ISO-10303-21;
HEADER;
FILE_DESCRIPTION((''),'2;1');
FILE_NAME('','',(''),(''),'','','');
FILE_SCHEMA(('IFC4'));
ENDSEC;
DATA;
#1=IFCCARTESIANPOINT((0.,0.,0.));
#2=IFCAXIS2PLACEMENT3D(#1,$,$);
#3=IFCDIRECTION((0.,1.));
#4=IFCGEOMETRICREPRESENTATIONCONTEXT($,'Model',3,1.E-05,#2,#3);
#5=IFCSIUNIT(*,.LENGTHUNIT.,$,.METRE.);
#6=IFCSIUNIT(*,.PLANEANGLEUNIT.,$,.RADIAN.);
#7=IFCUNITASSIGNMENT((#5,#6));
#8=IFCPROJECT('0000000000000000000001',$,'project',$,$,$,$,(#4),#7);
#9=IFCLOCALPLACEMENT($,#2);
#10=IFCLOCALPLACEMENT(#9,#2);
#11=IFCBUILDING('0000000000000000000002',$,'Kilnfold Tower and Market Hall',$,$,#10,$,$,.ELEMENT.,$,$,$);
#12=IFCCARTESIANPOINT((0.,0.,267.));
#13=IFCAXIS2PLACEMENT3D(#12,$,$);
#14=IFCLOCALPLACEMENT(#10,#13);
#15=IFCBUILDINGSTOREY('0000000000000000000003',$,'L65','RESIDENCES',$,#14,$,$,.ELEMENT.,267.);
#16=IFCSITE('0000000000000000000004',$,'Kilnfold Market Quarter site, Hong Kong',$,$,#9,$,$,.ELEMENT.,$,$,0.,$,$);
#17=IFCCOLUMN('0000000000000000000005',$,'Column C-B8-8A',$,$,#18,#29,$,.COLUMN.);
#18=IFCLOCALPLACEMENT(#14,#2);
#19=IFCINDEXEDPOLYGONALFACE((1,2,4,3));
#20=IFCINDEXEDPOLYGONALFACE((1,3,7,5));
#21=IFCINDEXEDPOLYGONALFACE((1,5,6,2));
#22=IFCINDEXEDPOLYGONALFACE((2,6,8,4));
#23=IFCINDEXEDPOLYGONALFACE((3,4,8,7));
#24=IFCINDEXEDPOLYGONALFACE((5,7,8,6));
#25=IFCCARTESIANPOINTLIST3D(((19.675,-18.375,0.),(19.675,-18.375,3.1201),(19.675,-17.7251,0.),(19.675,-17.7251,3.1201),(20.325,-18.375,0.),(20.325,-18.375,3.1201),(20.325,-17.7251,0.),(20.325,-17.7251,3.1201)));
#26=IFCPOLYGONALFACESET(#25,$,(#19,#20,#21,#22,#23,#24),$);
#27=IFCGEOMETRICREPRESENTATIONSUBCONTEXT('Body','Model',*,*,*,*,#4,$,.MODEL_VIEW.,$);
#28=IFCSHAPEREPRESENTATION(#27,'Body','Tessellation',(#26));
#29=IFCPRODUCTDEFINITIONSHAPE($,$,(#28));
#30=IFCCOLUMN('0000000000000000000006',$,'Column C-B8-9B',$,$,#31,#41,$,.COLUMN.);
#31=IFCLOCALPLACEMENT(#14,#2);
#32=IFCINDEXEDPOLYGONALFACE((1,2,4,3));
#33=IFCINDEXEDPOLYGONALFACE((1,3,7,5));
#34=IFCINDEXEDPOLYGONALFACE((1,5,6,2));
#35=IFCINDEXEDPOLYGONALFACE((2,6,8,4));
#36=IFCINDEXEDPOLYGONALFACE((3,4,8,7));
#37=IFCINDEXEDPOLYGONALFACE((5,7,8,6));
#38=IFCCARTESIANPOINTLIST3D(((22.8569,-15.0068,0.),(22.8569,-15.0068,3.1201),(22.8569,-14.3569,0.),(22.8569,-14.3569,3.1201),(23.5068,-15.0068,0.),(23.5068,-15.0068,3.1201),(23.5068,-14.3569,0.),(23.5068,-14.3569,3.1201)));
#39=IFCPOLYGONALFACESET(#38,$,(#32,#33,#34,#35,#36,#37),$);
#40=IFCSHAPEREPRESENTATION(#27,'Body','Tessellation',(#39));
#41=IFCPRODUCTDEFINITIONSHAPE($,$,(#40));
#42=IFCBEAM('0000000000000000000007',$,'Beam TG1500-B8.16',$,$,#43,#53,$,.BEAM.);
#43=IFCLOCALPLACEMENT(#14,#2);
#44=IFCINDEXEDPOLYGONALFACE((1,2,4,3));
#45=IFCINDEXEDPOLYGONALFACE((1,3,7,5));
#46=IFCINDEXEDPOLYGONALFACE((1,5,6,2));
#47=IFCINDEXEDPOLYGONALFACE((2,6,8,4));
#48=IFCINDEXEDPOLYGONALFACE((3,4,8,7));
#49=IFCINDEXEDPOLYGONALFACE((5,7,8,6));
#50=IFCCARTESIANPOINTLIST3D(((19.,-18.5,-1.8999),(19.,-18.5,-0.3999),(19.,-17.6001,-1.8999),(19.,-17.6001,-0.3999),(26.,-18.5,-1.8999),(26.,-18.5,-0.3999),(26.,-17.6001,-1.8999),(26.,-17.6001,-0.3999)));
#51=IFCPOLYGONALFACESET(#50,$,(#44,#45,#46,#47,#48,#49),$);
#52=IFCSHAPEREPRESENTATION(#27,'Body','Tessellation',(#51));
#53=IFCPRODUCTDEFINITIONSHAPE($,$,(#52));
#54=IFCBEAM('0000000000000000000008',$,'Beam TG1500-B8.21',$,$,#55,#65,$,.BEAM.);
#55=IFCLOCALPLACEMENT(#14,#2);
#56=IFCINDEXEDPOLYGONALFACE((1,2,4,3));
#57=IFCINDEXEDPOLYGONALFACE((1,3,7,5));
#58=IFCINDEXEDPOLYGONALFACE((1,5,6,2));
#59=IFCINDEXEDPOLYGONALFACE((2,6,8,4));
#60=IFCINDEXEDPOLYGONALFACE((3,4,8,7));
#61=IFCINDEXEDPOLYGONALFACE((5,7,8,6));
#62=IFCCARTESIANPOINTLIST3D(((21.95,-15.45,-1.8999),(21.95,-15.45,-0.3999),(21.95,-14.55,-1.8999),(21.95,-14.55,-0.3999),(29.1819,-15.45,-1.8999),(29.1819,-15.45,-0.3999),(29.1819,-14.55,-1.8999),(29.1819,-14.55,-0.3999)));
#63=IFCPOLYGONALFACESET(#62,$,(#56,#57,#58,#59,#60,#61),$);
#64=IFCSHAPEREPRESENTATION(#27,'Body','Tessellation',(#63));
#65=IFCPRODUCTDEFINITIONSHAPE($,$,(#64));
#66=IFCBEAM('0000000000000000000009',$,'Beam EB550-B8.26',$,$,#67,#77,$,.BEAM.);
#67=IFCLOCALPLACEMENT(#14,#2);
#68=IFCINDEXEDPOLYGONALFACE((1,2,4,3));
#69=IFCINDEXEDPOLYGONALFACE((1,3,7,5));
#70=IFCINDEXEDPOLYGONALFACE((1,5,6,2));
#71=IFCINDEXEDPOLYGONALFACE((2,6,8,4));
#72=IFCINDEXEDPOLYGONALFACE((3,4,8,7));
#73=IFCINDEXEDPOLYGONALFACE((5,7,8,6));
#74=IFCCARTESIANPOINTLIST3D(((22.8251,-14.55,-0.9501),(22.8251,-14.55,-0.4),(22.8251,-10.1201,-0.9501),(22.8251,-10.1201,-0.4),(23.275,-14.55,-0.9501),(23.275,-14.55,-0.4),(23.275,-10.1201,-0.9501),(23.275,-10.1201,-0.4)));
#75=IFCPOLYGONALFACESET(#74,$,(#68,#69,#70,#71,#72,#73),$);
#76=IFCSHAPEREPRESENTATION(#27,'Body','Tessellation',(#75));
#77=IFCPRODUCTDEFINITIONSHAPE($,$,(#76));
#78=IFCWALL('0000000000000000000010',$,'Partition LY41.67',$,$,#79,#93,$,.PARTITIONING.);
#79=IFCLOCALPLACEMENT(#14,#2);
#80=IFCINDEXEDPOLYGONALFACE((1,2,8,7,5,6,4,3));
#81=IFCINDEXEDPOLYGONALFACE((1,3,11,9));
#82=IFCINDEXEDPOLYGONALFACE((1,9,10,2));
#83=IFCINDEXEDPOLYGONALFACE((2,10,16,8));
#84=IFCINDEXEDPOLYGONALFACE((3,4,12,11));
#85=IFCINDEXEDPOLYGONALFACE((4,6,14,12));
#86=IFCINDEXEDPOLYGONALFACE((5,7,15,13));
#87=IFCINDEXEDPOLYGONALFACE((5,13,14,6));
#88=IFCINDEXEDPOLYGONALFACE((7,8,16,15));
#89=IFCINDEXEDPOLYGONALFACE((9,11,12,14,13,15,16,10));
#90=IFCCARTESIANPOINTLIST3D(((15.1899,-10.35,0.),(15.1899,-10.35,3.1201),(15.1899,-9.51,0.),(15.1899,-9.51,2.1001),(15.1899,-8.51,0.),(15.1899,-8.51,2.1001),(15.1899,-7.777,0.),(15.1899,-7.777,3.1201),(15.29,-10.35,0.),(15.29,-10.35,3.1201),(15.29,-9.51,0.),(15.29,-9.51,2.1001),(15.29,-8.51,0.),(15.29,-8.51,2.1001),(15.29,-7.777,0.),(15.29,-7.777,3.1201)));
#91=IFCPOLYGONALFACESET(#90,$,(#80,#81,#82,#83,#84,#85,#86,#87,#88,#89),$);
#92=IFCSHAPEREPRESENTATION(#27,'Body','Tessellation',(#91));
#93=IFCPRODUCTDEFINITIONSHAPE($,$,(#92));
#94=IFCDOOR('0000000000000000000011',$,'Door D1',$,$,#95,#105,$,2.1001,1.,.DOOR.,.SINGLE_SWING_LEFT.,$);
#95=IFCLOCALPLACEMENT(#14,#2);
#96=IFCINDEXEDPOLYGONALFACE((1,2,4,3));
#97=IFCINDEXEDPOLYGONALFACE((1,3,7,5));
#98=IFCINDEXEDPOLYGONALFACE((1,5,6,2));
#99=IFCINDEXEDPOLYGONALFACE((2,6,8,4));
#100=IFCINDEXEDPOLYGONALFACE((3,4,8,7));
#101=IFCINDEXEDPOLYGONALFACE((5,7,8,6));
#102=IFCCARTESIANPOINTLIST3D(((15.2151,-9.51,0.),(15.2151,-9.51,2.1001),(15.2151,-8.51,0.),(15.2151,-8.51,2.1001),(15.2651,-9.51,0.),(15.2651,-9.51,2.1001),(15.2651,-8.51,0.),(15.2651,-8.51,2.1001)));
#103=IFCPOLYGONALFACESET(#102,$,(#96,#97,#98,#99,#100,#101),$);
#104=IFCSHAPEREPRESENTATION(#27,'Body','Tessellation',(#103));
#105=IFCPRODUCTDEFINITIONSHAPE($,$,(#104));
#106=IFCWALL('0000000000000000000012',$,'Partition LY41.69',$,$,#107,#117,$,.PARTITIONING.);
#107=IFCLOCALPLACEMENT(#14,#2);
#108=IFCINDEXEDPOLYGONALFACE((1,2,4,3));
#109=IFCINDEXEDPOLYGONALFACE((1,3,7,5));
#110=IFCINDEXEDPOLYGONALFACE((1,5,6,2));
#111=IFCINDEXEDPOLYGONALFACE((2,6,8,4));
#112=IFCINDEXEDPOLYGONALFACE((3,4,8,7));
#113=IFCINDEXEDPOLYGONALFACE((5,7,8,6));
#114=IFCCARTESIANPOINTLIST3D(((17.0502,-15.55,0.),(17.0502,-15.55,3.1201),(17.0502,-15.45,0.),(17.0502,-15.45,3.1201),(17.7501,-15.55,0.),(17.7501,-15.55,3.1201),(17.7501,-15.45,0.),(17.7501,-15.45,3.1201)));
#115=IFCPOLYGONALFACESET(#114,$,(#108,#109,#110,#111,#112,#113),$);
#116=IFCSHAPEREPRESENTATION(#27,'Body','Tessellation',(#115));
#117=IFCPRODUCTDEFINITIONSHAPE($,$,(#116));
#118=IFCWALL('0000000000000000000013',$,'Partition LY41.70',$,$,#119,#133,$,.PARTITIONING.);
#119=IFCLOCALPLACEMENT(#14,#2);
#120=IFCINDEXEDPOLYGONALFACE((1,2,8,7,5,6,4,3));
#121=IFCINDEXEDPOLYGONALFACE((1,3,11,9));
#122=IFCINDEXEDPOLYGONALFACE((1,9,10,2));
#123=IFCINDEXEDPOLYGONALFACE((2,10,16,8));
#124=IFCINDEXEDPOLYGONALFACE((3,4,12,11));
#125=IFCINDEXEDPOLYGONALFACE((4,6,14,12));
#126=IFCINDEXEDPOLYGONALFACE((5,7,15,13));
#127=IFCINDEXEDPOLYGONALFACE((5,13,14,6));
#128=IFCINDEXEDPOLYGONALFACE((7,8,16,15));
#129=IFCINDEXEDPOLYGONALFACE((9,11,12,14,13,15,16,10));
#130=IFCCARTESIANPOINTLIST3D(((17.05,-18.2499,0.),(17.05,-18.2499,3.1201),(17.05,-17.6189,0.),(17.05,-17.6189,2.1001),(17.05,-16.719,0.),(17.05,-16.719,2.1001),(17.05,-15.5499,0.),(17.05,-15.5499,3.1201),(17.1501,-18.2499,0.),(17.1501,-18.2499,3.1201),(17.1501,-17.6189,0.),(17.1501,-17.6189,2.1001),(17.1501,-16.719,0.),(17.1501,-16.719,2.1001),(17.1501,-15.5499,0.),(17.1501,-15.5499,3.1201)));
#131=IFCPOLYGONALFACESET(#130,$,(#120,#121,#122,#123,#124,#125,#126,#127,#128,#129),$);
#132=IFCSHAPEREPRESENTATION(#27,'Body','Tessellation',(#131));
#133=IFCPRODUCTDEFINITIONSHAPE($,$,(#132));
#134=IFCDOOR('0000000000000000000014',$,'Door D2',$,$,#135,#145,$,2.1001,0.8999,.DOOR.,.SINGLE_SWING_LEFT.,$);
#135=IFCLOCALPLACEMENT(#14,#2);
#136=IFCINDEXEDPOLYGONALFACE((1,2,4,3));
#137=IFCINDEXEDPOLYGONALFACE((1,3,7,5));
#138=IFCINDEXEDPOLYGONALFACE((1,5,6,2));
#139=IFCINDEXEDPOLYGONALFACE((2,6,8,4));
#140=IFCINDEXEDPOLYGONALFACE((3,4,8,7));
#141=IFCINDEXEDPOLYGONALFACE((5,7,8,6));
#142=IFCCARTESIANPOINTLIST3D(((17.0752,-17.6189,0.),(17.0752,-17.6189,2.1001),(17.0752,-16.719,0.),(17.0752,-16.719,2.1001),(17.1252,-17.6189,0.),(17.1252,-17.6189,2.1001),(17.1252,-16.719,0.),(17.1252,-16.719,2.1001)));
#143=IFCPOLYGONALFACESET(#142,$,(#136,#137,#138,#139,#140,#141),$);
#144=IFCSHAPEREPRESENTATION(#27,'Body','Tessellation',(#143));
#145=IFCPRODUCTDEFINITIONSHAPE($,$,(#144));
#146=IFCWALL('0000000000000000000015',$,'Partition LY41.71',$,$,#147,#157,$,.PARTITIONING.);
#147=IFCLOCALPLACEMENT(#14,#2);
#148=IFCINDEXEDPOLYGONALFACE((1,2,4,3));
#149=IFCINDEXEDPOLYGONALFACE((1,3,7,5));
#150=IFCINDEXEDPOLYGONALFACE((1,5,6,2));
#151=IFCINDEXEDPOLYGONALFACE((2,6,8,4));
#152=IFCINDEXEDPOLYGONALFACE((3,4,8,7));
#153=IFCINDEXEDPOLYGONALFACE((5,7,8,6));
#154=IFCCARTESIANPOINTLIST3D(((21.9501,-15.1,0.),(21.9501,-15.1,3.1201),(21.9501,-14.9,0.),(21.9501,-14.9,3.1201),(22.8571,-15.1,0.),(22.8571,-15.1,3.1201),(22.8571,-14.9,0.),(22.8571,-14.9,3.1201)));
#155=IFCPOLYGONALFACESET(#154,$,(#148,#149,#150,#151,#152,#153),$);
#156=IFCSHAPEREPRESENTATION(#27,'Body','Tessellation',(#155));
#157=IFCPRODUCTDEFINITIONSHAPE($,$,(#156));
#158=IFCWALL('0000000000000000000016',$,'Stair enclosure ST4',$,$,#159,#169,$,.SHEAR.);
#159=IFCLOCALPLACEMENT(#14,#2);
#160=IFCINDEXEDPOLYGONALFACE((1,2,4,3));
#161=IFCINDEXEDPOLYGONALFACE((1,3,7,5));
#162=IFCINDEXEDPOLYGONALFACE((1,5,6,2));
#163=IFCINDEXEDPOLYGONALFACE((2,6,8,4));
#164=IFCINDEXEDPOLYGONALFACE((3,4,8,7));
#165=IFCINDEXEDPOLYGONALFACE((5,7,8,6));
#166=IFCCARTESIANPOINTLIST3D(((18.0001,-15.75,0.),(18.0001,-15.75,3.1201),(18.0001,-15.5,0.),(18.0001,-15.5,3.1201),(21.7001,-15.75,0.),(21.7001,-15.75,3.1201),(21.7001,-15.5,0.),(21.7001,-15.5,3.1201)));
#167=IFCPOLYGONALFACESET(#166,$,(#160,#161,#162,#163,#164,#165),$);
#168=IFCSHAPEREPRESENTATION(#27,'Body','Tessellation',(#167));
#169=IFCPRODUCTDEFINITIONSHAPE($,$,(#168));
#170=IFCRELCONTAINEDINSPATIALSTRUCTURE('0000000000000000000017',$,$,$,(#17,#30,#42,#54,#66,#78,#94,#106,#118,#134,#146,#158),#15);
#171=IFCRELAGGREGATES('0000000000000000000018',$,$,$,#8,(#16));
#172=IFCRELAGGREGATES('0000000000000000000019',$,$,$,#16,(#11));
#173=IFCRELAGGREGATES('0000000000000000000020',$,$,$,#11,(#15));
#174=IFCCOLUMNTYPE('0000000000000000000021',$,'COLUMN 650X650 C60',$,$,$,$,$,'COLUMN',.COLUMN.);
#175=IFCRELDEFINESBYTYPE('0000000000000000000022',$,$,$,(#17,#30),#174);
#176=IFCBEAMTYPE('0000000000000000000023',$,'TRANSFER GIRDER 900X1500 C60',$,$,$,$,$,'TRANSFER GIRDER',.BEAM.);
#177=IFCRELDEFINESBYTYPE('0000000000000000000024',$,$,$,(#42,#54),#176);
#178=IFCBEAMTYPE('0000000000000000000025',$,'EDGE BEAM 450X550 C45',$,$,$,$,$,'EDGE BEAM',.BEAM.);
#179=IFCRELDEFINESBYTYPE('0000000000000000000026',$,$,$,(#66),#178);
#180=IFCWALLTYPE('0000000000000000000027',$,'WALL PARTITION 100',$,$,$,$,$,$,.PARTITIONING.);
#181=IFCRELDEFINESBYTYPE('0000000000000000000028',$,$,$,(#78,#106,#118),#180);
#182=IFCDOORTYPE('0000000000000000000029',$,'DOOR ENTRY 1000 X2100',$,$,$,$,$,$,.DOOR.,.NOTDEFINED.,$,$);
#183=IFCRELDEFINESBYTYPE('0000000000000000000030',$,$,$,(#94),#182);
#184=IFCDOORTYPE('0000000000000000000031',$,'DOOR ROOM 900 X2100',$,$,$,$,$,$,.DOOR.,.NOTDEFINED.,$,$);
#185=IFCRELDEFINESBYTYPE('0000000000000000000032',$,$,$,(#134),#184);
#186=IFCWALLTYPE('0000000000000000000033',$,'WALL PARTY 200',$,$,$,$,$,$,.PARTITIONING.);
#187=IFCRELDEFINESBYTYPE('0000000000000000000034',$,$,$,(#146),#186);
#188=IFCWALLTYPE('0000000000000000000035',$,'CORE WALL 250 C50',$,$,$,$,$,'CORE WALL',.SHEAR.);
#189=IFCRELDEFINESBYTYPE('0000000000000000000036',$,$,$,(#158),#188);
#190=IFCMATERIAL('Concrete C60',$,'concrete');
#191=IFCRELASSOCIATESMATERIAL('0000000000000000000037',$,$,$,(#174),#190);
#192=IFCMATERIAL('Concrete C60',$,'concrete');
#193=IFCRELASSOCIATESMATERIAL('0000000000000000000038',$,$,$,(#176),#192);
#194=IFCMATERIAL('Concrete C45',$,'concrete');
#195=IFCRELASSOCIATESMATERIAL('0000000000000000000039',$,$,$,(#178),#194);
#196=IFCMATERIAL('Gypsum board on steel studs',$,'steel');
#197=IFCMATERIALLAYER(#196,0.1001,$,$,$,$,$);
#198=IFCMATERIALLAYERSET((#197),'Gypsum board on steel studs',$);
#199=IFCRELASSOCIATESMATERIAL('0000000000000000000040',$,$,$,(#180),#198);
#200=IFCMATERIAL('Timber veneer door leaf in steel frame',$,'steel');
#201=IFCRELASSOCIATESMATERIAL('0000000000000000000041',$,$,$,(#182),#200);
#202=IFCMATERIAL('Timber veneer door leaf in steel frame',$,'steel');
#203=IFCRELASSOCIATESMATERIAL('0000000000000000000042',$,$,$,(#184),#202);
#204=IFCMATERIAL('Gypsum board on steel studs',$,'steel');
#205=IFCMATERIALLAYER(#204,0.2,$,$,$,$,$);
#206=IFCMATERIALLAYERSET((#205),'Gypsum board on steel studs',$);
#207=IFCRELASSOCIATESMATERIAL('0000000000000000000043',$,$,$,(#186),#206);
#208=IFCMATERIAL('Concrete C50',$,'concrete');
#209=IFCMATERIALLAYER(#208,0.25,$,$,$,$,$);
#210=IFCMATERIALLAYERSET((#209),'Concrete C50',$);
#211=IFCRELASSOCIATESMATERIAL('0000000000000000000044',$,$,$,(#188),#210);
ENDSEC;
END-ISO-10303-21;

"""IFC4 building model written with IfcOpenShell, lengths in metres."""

from ifc_helpers import new_model, si_unit, direction, frame, frame_2d, origin, origin_2d, place, context, subcontext, project, spatial, rectangle, extrude, source, transform, mapped, material, layer, layer_set, material_profile, profile_set, type_object, element, fill, save


model = new_model("IFC4")

# Units and contexts
model_context = context("Model", 3, precision=1e-05, world=origin(), true_north=direction((0.0, 1.0)))
body_context = subcontext(model_context, "Body", "Model", "MODEL_VIEW")
ifc_project = project(units=[si_unit("LENGTHUNIT", "METRE"), si_unit("PLANEANGLEUNIT", "RADIAN")], contexts=[model_context])

# Site, building, storey
site_placement = place(None, origin())
site = spatial("IfcSite", under=ifc_project, at=site_placement, Name="Kilnfold Market Quarter site, Hong Kong", CompositionType="ELEMENT", RefElevation=0.0)
building_placement = place(site_placement, origin())
building = spatial("IfcBuilding", under=site, at=building_placement, Name="Kilnfold Tower and Market Hall", CompositionType="ELEMENT")
storey_placement = place(building_placement, frame((0.0, 0.0, 267.0)))
storey = spatial("IfcBuildingStorey", under=building, at=storey_placement, Name="L65", Description="RESIDENCES", CompositionType="ELEMENT", Elevation=267.0)

# Columns
ifc_material_1 = material(Name="Concrete C60", Category="concrete")
ifc_material_profile_1 = material_profile(ifc_material_1, rectangle(XDim=0.6499, YDim=0.6499, at=origin_2d()), Name="RC 650x650")
ifc_profile_set_1 = profile_set([ifc_material_profile_1], Name="Concrete C60")
column_type = type_object("IfcColumnType", Name="COLUMN 650X650 C60", ElementType="COLUMN", PredefinedType="COLUMN", material=ifc_profile_set_1)
shared_shape_1 = source(origin(), body_context, "Body", "SweptSolid", [
    extrude(rectangle(XDim=0.6499, YDim=0.6499, at=origin_2d()), origin(), (0.0, 0.0, 1.0), 3.1201),
])
for number, where, z_axis, x_axis, name in (
    (1, (20.0, -18.05, 0.0), (0.0, 0.0, 1.0), (1.0, 0.0, 0.0), "Column C-B8-8A"),
    (2, (23.1819, -14.6819, 0.0), (0.0, 0.0, 1.0), (1.0, 0.0, 0.0), "Column C-B8-9B"),
):
    element("IfcColumn", number, at=place(storey_placement, frame(where, z_axis=z_axis, x_axis=x_axis)), inside=storey, type_object=column_type, Name=name, PredefinedType="COLUMN", context=body_context, shape_type="MappedRepresentation", body=[
        mapped(shared_shape_1, transform((0.0, 0.0, 0.0))),
    ])

# Beams
ifc_material_2 = material(Name="Concrete C60", Category="concrete")
ifc_material_profile_2 = material_profile(ifc_material_2, rectangle(XDim=0.8999, YDim=1.5, at=origin_2d()), Name="RC 900x1500")
ifc_profile_set_2 = profile_set([ifc_material_profile_2], Name="Concrete C60")
beam_type_1 = type_object("IfcBeamType", Name="TRANSFER GIRDER 900X1500 C60", ElementType="TRANSFER GIRDER", PredefinedType="BEAM", material=ifc_profile_set_2)
shared_shape_2 = source(origin(), body_context, "Body", "SweptSolid", [
    extrude(rectangle(XDim=0.8999, YDim=1.5, at=origin_2d()), origin(), (0.0, 0.0, 1.0), 7.0),
])
beam_1_placement = place(storey_placement, frame((19.0, -18.05, -1.1499), z_axis=(1.0, 0.0, 0.0), x_axis=(0.0, 1.0, 0.0)))
element("IfcBeam", 3, at=beam_1_placement, inside=storey, type_object=beam_type_1, Name="Beam TG1500-B8.16", PredefinedType="BEAM", context=body_context, shape_type="MappedRepresentation", body=[
    mapped(shared_shape_2, transform((0.0, 0.0, 0.0))),
])
shared_shape_3 = source(origin(), body_context, "Body", "SweptSolid", [
    extrude(rectangle(XDim=0.8999, YDim=1.5, at=origin_2d()), origin(), (0.0, 0.0, 1.0), 7.2319),
])
beam_2_placement = place(storey_placement, frame((21.95, -15.0, -1.1499), z_axis=(1.0, 0.0, 0.0), x_axis=(0.0, 1.0, 0.0)))
element("IfcBeam", 4, at=beam_2_placement, inside=storey, type_object=beam_type_1, Name="Beam TG1500-B8.21", PredefinedType="BEAM", context=body_context, shape_type="MappedRepresentation", body=[
    mapped(shared_shape_3, transform((0.0, 0.0, 0.0))),
])
ifc_material_3 = material(Name="Concrete C45", Category="concrete")
ifc_material_profile_3 = material_profile(ifc_material_3, rectangle(XDim=0.45, YDim=0.55, at=origin_2d()), Name="RC 450x550")
ifc_profile_set_3 = profile_set([ifc_material_profile_3], Name="Concrete C45")
beam_type_2 = type_object("IfcBeamType", Name="EDGE BEAM 450X550 C45", ElementType="EDGE BEAM", PredefinedType="BEAM", material=ifc_profile_set_3)
shared_shape_4 = source(origin(), body_context, "Body", "SweptSolid", [
    extrude(rectangle(XDim=0.45, YDim=0.55, at=origin_2d()), origin(), (0.0, 0.0, 1.0), 4.4299),
])
beam_3_placement = place(storey_placement, frame((23.05, -14.55, -0.675), z_axis=(0.0, 1.0, 0.0), x_axis=(-1.0, 0.0, 0.0)))
element("IfcBeam", 5, at=beam_3_placement, inside=storey, type_object=beam_type_2, Name="Beam EB550-B8.26", PredefinedType="BEAM", context=body_context, shape_type="MappedRepresentation", body=[
    mapped(shared_shape_4, transform((0.0, 0.0, 0.0))),
])

# Wall, opening, door
ifc_material_4 = material(Name="Gypsum board on steel studs", Category="steel")
ifc_layer_1 = layer(ifc_material_4, 0.1001)
ifc_layer_set_1 = layer_set([ifc_layer_1], Name="Gypsum board on steel studs")
wall_type_1 = type_object("IfcWallType", Name="WALL PARTITION 100", PredefinedType="PARTITIONING", material=ifc_layer_set_1)
wall_1_placement = place(storey_placement, frame((15.24, -10.3501, 0.0), z_axis=(0.0, 0.0, 1.0), x_axis=(0.0, 1.0, 0.0)))
wall_1 = element("IfcWall", 6, at=wall_1_placement, inside=storey, type_object=wall_type_1, Name="Partition LY41.67", PredefinedType="PARTITIONING", context=body_context, shape_type="SweptSolid", body=[
    extrude(rectangle(XDim=2.573, YDim=0.1001, at=frame_2d((1.2866, 0.0))), origin(), (0.0, 0.0, 1.0), 3.1201),
])
opening_1_placement = place(wall_1_placement, frame((0.8401, 0.0, 0.0)))
opening_1 = element("IfcOpeningElement", 7, at=opening_1_placement, cuts=wall_1, PredefinedType="OPENING", context=body_context, shape_type="SweptSolid", body=[
    extrude(rectangle(XDim=1.0, YDim=2.1001, at=frame_2d((0.5, 1.05))), frame((0.0, 0.0601, 0.0), z_axis=(0.0, -1.0, 0.0), x_axis=(1.0, 0.0, 0.0)), (0.0, 0.0, 1.0), 0.1201),
])
ifc_material_5 = material(Name="Timber veneer door leaf in steel frame", Category="steel")
door_type_1 = type_object("IfcDoorType", Name="DOOR ENTRY 1000 X2100", OperationType="NOTDEFINED", PredefinedType="DOOR", material=ifc_material_5)
door_1_placement = place(opening_1_placement, origin())
door_1 = element("IfcDoor", 8, at=door_1_placement, inside=storey, type_object=door_type_1, Name="Door D1", OperationType="SINGLE_SWING_LEFT", OverallHeight=2.1001, OverallWidth=1.0, PredefinedType="DOOR", context=body_context, shape_type="SweptSolid", body=[
    extrude(rectangle(XDim=1.0, YDim=2.1001, at=frame_2d((0.5, 1.05))), frame((0.0, 0.0249, 0.0), z_axis=(0.0, -1.0, 0.0), x_axis=(1.0, 0.0, 0.0)), (0.0, 0.0, 1.0), 0.05),
])
fill(opening_1, door_1)

# Wall
wall_2_placement = place(storey_placement, frame((17.05, -15.5, 0.0), z_axis=(0.0, 0.0, 1.0), x_axis=(1.0, 0.0, 0.0)))
element("IfcWall", 9, at=wall_2_placement, inside=storey, type_object=wall_type_1, Name="Partition LY41.69", PredefinedType="PARTITIONING", context=body_context, shape_type="SweptSolid", body=[
    extrude(rectangle(XDim=0.7, YDim=0.1001, at=frame_2d((0.3501, 0.0))), origin(), (0.0, 0.0, 1.0), 3.1201),
])

# Wall, opening, door
wall_3_placement = place(storey_placement, frame((17.1001, -18.25, 0.0), z_axis=(0.0, 0.0, 1.0), x_axis=(0.0, 1.0, 0.0)))
wall_3 = element("IfcWall", 10, at=wall_3_placement, inside=storey, type_object=wall_type_1, Name="Partition LY41.70", PredefinedType="PARTITIONING", context=body_context, shape_type="SweptSolid", body=[
    extrude(rectangle(XDim=2.7, YDim=0.1001, at=frame_2d((1.3501, 0.0))), origin(), (0.0, 0.0, 1.0), 3.1201),
])
opening_2_placement = place(wall_3_placement, frame((0.6311, 0.0, 0.0)))
opening_2 = element("IfcOpeningElement", 11, at=opening_2_placement, cuts=wall_3, PredefinedType="OPENING", context=body_context, shape_type="SweptSolid", body=[
    extrude(rectangle(XDim=0.8999, YDim=2.1001, at=frame_2d((0.45, 1.05))), frame((0.0, 0.0601, 0.0), z_axis=(0.0, -1.0, 0.0), x_axis=(1.0, 0.0, 0.0)), (0.0, 0.0, 1.0), 0.1201),
])
ifc_material_6 = material(Name="Timber veneer door leaf in steel frame", Category="steel")
door_type_2 = type_object("IfcDoorType", Name="DOOR ROOM 900 X2100", OperationType="NOTDEFINED", PredefinedType="DOOR", material=ifc_material_6)
door_2_placement = place(opening_2_placement, origin())
door_2 = element("IfcDoor", 12, at=door_2_placement, inside=storey, type_object=door_type_2, Name="Door D2", OperationType="SINGLE_SWING_LEFT", OverallHeight=2.1001, OverallWidth=0.8999, PredefinedType="DOOR", context=body_context, shape_type="SweptSolid", body=[
    extrude(rectangle(XDim=0.8999, YDim=2.1001, at=frame_2d((0.45, 1.05))), frame((0.0, 0.0249, 0.0), z_axis=(0.0, -1.0, 0.0), x_axis=(1.0, 0.0, 0.0)), (0.0, 0.0, 1.0), 0.05),
])
fill(opening_2, door_2)

# Walls
ifc_material_7 = material(Name="Gypsum board on steel studs", Category="steel")
ifc_layer_2 = layer(ifc_material_7, 0.2)
ifc_layer_set_2 = layer_set([ifc_layer_2], Name="Gypsum board on steel studs")
wall_type_2 = type_object("IfcWallType", Name="WALL PARTY 200", PredefinedType="PARTITIONING", material=ifc_layer_set_2)
wall_4_placement = place(storey_placement, frame((21.95, -15.0, 0.0), z_axis=(0.0, 0.0, 1.0), x_axis=(1.0, 0.0, 0.0)))
element("IfcWall", 13, at=wall_4_placement, inside=storey, type_object=wall_type_2, Name="Partition LY41.71", PredefinedType="PARTITIONING", context=body_context, shape_type="SweptSolid", body=[
    extrude(rectangle(XDim=0.907, YDim=0.2, at=frame_2d((0.4536, 0.0))), origin(), (0.0, 0.0, 1.0), 3.1201),
])
ifc_material_8 = material(Name="Concrete C50", Category="concrete")
ifc_layer_3 = layer(ifc_material_8, 0.25)
ifc_layer_set_3 = layer_set([ifc_layer_3], Name="Concrete C50")
wall_type_3 = type_object("IfcWallType", Name="CORE WALL 250 C50", ElementType="CORE WALL", PredefinedType="SHEAR", material=ifc_layer_set_3)
shared_shape_5 = source(origin(), body_context, "Body", "SweptSolid", [
    extrude(rectangle(XDim=3.7, YDim=0.25, at=frame_2d((1.8501, 0.0))), origin(), (0.0, 0.0, 1.0), 3.1201),
])
wall_5_placement = place(storey_placement, frame((18.0, -15.625, 0.0), z_axis=(0.0, 0.0, 1.0), x_axis=(1.0, 0.0, 0.0)))
element("IfcWall", 14, at=wall_5_placement, inside=storey, type_object=wall_type_3, Name="Stair enclosure ST4", PredefinedType="SHEAR", context=body_context, shape_type="MappedRepresentation", body=[
    mapped(shared_shape_5, transform((0.0, 0.0, 0.0))),
])

save(model, "model.ifc")
